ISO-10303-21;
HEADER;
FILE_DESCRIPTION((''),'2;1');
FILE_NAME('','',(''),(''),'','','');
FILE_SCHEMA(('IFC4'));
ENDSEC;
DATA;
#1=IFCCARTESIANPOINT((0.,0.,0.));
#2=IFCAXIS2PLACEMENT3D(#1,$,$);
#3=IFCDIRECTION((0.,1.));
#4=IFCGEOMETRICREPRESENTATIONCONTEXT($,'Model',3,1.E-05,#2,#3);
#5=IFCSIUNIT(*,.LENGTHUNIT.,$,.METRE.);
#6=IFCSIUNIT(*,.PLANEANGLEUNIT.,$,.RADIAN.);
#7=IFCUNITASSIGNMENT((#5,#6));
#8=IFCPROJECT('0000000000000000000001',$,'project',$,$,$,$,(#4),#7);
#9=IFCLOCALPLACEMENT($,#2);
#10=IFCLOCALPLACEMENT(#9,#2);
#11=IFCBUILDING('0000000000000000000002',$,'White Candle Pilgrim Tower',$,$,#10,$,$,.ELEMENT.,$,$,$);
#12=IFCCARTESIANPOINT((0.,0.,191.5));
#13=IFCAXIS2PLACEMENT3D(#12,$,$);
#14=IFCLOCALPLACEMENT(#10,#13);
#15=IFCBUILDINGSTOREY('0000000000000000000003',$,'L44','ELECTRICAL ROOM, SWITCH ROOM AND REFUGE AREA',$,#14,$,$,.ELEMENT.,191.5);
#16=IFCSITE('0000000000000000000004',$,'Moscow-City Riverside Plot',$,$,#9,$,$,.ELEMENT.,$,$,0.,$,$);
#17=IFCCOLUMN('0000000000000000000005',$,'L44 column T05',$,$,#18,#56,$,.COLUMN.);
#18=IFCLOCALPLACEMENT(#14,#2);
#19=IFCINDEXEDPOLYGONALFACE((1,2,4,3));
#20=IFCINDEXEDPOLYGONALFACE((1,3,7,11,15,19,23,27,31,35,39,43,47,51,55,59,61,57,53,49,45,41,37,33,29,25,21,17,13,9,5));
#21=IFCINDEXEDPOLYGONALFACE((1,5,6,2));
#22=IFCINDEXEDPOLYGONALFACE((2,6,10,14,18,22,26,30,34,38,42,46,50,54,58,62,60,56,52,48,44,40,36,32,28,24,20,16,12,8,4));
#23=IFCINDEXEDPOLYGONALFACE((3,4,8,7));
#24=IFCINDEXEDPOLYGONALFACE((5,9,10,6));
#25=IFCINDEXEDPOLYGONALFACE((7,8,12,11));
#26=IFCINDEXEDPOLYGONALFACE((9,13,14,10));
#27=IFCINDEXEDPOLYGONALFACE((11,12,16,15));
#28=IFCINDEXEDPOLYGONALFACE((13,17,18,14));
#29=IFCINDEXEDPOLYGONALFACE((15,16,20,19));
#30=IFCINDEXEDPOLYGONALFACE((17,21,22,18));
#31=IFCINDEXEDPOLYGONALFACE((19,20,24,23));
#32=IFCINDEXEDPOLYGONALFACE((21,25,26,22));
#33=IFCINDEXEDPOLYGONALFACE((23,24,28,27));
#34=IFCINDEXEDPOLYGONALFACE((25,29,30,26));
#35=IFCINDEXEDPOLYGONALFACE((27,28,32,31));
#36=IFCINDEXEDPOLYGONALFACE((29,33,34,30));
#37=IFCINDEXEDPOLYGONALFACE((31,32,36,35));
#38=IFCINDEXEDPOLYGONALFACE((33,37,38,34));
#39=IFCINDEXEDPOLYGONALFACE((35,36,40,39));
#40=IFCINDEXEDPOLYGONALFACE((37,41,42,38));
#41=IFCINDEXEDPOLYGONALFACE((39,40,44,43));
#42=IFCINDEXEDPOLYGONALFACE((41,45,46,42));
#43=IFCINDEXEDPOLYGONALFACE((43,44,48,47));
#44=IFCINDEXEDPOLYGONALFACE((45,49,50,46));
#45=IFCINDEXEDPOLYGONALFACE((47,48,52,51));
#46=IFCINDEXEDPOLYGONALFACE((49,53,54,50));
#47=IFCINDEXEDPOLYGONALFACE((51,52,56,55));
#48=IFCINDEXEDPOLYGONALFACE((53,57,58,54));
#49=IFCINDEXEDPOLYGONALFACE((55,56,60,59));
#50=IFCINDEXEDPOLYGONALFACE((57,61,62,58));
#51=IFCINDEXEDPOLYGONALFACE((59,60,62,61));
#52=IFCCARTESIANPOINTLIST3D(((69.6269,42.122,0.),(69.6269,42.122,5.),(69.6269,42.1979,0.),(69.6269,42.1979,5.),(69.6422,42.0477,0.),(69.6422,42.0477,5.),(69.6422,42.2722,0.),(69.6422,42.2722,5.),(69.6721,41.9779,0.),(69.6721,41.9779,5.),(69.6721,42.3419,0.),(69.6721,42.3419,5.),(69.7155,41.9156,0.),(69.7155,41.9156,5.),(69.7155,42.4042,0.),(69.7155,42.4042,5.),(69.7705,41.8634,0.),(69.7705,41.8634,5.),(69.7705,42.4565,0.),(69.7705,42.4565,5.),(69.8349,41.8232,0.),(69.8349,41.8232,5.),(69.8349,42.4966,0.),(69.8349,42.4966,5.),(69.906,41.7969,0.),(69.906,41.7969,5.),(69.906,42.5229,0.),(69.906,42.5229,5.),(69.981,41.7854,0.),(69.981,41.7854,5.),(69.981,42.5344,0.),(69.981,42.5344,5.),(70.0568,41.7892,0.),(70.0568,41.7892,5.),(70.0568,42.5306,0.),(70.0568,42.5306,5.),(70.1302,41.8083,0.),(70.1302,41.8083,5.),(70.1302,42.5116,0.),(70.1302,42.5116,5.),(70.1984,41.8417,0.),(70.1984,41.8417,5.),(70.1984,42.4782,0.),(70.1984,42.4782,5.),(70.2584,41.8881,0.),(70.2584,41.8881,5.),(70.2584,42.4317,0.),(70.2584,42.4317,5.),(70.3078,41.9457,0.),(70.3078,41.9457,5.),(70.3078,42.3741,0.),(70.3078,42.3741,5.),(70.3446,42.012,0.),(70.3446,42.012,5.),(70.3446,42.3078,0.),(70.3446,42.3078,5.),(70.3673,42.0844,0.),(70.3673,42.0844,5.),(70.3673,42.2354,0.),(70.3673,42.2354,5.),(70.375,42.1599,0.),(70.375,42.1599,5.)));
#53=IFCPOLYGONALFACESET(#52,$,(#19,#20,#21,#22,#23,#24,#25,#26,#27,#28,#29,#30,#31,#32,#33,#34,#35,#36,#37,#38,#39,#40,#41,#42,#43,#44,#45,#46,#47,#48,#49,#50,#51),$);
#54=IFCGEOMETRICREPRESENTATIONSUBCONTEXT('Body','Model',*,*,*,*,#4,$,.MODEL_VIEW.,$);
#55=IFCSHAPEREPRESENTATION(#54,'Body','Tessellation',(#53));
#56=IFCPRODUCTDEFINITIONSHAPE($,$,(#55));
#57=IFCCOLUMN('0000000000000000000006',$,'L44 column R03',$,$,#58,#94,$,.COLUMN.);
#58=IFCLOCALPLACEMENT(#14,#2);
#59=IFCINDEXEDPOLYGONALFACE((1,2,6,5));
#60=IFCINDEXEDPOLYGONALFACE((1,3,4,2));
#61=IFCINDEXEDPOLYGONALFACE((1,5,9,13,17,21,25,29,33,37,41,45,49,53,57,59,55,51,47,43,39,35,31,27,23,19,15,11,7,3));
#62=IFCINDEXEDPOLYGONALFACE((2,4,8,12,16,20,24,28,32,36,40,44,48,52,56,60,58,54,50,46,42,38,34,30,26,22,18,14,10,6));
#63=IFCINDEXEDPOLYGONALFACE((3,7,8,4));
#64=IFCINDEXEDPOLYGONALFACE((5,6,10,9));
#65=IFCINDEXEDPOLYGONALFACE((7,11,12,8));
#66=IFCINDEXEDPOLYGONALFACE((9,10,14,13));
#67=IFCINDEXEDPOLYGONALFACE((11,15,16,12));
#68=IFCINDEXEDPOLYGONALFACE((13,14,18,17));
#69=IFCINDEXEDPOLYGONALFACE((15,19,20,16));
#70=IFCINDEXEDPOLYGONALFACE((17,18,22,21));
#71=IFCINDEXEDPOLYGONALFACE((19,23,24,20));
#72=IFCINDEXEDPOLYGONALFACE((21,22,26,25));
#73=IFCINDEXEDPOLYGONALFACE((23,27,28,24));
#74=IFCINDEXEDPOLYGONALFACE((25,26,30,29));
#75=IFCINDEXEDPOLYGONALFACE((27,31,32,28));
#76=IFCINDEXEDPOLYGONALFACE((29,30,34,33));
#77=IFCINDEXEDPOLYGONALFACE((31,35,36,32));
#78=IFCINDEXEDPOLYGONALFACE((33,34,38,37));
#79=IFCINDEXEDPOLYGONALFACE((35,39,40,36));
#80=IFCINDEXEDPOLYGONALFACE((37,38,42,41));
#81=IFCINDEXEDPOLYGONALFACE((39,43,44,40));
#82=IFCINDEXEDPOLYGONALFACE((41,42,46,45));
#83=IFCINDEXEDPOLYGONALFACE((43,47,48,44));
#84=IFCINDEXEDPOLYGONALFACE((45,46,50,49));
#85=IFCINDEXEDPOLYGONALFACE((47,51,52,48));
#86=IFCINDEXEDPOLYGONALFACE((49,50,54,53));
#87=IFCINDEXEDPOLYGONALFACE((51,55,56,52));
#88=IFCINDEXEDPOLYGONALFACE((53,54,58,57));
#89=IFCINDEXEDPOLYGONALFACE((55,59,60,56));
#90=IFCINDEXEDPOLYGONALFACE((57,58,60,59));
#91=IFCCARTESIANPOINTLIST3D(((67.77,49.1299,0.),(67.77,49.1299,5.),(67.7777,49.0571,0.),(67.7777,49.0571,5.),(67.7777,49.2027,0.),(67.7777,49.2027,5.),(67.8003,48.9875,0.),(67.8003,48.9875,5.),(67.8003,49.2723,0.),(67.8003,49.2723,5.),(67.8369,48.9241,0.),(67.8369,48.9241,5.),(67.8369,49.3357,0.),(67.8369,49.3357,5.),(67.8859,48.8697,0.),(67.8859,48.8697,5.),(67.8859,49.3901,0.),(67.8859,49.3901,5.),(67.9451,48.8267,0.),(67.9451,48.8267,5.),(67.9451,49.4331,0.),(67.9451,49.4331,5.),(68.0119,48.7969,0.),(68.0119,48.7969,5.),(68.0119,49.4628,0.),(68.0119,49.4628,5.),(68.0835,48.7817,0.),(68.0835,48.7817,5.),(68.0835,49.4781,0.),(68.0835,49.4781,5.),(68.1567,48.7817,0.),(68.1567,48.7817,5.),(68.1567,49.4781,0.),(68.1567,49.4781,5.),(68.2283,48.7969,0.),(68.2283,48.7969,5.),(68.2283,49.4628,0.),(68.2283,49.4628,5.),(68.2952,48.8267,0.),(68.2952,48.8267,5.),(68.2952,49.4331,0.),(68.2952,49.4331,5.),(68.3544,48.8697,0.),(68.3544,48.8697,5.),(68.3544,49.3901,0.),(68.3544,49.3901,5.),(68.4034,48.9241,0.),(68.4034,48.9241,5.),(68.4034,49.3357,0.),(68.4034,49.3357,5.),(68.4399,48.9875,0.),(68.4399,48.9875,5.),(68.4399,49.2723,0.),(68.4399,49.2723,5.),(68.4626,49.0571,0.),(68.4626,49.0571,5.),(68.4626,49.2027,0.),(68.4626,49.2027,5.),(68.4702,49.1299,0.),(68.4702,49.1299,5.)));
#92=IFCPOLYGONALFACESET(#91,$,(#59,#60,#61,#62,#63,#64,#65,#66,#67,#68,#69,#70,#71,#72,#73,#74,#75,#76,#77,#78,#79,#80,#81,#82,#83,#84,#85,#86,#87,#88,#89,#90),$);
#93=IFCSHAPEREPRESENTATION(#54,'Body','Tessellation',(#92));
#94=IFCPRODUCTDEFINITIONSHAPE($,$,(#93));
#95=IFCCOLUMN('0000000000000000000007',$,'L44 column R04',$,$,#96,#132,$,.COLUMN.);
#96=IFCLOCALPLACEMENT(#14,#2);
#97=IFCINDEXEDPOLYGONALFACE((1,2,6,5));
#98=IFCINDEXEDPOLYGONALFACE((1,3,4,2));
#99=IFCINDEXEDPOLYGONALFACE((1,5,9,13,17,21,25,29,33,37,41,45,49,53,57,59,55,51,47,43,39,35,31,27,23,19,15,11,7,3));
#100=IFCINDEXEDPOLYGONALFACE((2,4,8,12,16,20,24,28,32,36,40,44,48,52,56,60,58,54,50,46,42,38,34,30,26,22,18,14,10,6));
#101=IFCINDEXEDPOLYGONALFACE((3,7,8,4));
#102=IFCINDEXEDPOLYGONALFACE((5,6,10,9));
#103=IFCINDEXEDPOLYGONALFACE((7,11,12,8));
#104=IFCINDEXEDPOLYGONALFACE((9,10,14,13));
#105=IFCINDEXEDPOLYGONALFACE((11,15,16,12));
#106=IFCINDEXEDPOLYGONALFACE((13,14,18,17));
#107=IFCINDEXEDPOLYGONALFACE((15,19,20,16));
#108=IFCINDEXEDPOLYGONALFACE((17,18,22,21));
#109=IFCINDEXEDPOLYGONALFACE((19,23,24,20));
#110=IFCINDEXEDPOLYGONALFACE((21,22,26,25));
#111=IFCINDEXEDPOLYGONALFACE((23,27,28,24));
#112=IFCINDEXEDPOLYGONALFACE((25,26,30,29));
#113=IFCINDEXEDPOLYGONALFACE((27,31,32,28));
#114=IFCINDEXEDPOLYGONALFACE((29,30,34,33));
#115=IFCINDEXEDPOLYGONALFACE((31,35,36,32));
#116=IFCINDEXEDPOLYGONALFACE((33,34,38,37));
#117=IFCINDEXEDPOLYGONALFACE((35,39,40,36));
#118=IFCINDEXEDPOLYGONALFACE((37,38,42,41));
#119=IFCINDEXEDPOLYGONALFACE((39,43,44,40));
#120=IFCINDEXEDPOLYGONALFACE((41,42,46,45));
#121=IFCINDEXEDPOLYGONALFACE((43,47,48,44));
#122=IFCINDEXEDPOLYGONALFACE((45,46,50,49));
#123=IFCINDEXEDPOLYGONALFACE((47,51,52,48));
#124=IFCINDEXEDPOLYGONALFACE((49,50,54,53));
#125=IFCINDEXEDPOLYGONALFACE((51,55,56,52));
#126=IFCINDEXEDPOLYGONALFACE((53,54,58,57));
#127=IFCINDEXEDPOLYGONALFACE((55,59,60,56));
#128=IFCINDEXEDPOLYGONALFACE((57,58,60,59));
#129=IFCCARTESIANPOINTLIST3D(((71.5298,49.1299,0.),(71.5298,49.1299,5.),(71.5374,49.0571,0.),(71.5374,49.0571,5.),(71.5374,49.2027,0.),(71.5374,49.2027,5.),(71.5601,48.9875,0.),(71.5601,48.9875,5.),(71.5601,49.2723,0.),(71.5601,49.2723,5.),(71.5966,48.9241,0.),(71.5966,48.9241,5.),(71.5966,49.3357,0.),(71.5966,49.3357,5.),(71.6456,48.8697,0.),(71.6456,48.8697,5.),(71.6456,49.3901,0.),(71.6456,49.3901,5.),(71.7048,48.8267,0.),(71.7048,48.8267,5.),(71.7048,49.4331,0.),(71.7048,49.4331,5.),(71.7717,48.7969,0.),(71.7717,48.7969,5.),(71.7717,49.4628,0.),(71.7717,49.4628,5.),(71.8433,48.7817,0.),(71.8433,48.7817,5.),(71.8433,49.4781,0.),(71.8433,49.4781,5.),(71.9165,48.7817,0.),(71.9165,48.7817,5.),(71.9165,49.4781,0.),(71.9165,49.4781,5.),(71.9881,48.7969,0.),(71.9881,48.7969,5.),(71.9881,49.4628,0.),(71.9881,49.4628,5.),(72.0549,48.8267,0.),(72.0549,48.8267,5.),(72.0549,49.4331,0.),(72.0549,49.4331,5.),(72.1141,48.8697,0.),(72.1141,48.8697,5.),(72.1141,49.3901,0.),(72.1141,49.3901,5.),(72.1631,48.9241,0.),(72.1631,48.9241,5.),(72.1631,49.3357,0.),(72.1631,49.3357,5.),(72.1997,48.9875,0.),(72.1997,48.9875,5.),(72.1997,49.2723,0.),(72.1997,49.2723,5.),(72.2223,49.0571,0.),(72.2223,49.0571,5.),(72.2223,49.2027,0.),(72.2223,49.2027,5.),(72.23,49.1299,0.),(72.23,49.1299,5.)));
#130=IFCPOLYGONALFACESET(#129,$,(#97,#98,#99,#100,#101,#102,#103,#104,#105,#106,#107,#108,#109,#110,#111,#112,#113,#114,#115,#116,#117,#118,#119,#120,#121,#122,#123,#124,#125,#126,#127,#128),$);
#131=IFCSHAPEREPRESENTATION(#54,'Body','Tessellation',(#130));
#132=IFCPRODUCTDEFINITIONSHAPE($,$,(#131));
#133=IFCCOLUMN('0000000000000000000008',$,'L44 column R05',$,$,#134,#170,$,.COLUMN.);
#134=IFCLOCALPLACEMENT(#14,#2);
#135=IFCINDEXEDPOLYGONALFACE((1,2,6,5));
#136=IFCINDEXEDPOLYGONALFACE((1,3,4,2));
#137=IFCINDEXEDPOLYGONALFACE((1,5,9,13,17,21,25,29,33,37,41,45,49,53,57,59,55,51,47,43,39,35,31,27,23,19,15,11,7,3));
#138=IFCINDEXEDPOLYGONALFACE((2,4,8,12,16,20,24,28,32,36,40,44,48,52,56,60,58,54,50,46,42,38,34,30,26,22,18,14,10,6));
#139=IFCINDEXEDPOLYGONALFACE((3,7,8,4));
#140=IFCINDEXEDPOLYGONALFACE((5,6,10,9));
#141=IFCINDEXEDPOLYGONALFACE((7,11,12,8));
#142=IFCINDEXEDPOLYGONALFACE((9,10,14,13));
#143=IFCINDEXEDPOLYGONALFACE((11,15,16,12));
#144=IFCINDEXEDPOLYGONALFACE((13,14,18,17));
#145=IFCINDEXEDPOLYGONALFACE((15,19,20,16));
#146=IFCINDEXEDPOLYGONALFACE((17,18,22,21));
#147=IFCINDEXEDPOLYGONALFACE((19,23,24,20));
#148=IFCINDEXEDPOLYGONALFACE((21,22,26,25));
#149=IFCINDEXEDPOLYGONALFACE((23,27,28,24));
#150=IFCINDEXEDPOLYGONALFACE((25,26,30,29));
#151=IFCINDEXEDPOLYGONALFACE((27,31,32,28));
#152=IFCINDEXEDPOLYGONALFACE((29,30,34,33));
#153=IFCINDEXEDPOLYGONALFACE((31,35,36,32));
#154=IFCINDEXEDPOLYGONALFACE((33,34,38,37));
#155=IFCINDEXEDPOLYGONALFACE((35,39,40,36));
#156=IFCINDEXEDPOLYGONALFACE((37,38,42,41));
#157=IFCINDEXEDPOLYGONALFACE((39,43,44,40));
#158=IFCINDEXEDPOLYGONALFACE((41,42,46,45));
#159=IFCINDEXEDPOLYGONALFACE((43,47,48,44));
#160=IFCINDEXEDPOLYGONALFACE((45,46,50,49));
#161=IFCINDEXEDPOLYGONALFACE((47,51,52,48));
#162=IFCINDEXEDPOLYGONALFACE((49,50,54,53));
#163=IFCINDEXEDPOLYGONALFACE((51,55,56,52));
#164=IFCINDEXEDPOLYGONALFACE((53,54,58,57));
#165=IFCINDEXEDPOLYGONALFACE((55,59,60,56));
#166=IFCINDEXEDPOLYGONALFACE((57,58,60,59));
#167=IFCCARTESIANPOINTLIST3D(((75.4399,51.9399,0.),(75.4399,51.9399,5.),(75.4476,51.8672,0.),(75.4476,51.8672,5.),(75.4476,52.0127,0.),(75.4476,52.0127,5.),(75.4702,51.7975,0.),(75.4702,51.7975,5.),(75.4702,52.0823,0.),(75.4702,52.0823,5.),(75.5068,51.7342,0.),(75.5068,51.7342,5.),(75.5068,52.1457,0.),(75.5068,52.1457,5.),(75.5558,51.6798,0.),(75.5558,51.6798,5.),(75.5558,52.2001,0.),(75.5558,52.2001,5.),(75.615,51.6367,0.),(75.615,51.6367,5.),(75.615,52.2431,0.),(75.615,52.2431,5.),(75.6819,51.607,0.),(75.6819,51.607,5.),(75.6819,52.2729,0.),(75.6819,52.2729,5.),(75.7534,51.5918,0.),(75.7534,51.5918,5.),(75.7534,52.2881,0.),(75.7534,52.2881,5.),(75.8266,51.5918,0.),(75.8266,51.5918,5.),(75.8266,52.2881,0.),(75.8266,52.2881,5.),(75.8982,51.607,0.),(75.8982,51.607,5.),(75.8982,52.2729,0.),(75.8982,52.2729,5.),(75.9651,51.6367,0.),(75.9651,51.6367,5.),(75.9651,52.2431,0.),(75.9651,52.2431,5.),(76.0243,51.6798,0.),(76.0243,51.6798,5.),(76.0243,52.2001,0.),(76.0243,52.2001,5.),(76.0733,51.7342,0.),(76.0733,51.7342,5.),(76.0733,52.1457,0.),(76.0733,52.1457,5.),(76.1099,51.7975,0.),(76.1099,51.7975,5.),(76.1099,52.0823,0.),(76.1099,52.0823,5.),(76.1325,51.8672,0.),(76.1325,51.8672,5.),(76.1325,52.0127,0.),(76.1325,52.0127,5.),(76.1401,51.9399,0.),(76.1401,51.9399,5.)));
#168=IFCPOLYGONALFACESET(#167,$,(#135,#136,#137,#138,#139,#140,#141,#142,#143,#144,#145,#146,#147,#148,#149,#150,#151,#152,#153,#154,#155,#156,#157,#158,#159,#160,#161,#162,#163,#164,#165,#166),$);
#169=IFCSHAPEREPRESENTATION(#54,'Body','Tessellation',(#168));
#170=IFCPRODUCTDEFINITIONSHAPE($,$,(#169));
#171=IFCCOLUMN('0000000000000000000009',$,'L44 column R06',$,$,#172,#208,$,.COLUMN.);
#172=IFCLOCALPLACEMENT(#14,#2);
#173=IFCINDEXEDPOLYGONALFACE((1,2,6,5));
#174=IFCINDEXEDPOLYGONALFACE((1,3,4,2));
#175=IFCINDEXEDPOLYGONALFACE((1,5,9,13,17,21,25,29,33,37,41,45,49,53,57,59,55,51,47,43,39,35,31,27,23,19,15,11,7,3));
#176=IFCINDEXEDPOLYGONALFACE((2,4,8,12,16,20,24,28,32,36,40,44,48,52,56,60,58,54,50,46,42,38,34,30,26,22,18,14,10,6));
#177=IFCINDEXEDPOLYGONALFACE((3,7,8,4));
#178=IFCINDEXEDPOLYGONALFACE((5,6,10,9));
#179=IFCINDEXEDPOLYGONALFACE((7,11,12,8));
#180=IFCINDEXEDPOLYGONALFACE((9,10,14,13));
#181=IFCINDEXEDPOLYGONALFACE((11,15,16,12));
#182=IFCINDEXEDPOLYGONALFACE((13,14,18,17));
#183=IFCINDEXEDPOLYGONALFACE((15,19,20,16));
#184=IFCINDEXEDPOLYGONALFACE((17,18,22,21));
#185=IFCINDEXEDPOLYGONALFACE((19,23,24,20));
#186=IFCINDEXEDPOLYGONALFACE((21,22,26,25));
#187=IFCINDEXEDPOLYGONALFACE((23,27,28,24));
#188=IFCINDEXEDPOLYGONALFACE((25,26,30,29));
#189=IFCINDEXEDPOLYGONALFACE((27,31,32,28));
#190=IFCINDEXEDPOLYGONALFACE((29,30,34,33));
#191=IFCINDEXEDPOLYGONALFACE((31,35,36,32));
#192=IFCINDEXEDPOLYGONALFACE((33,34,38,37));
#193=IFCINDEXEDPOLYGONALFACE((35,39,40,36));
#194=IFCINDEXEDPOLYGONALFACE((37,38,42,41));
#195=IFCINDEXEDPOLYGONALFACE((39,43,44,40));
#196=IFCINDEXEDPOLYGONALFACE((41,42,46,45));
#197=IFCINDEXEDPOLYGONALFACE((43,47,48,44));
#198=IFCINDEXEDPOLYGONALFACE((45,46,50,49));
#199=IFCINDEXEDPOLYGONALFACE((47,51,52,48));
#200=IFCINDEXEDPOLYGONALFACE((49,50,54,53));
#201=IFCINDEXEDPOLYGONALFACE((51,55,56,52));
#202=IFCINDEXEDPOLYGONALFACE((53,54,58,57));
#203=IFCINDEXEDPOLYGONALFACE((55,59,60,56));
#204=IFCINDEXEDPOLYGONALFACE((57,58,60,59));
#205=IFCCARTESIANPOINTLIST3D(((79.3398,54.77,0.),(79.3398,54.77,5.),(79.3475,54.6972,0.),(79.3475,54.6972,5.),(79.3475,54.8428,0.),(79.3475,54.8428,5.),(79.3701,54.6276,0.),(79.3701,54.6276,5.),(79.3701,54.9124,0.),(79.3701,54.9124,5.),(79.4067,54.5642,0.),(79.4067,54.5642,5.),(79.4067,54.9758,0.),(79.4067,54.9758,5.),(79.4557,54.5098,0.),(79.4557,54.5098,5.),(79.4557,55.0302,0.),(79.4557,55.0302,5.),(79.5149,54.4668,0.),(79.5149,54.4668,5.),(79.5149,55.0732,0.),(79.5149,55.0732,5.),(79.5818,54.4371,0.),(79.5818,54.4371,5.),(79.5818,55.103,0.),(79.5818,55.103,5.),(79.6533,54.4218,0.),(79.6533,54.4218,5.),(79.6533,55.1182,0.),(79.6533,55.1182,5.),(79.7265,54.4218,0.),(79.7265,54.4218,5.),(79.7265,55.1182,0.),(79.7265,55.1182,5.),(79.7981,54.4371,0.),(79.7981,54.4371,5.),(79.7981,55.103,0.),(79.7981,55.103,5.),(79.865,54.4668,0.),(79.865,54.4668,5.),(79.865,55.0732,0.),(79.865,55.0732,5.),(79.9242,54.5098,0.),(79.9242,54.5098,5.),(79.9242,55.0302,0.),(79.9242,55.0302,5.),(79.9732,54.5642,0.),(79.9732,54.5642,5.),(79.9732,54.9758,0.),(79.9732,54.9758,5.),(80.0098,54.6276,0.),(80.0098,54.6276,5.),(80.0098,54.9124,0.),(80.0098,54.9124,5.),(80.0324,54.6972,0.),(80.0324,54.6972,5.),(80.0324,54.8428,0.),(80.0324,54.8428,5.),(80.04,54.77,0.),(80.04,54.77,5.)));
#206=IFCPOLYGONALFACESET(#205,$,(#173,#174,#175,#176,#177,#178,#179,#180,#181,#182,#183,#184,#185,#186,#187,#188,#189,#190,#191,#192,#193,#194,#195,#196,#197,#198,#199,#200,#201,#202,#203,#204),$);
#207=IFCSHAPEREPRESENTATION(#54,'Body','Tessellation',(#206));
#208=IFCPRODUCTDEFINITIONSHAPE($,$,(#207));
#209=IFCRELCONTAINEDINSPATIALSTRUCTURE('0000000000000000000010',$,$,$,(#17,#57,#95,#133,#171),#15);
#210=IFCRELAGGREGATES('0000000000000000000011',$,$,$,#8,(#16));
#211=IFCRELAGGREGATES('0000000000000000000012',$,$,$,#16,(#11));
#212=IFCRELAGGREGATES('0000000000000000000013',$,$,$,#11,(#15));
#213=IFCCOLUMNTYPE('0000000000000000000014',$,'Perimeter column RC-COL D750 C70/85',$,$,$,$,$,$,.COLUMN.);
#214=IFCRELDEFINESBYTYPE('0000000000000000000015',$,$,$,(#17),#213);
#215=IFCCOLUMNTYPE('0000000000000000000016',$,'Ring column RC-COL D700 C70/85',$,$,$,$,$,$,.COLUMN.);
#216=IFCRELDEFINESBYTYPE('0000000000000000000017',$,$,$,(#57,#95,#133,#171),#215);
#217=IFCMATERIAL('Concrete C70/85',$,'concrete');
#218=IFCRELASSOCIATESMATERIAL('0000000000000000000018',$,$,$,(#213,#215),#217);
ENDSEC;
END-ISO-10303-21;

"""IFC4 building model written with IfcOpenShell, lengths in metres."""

from ifc_helpers import new_model, si_unit, direction, frame, origin, origin_2d, place, context, subcontext, project, spatial, circle, extrude, material, material_profile, profile_set, type_object, element, save


model = new_model("IFC4")

# Units and contexts
model_context = context("Model", 3, precision=1e-05, world=origin(), true_north=direction((0.0, 1.0)))
body_context = subcontext(model_context, "Body", "Model", "MODEL_VIEW")
ifc_project = project(units=[si_unit("LENGTHUNIT", "METRE"), si_unit("PLANEANGLEUNIT", "RADIAN")], contexts=[model_context])

# Site, building, storey
site_placement = place(None, origin())
site = spatial("IfcSite", under=ifc_project, at=site_placement, Name="Moscow-City Riverside Plot", CompositionType="ELEMENT", RefElevation=0.0)
building_placement = place(site_placement, origin())
building = spatial("IfcBuilding", under=site, at=building_placement, Name="White Candle Pilgrim Tower", CompositionType="ELEMENT")
storey_placement = place(building_placement, frame((0.0, 0.0, 191.5)))
storey = spatial("IfcBuildingStorey", under=building, at=storey_placement, Name="L44", Description="ELECTRICAL ROOM, SWITCH ROOM AND REFUGE AREA", CompositionType="ELEMENT", Elevation=191.5)

# Columns
ifc_material_1 = material(Name="Concrete C70/85", Category="concrete")
ifc_material_profile_1 = material_profile(ifc_material_1, circle(Radius=0.375, at=origin_2d()), Name="RC-COL D750")
ifc_profile_set_1 = profile_set([ifc_material_profile_1], Name="Concrete C70/85")
column_type_1 = type_object("IfcColumnType", Name="Perimeter column RC-COL D750 C70/85", PredefinedType="COLUMN", material=ifc_profile_set_1)
column_placement = place(storey_placement, frame((70.0, 42.1599, 0.0), z_axis=(0.0, 0.0, 1.0), x_axis=(1.0, 0.0, 0.0)))
element("IfcColumn", 1, at=column_placement, inside=storey, type_object=column_type_1, Name="L44 column T05", PredefinedType="COLUMN", context=body_context, shape_type="SweptSolid", body=[
    extrude(circle(Radius=0.375, at=origin_2d()), origin(), (0.0, 0.0, 1.0), 5.0),
])
ifc_material_profile_2 = material_profile(ifc_material_1, circle(Radius=0.3501, at=origin_2d()), Name="RC-COL D700")
ifc_profile_set_2 = profile_set([ifc_material_profile_2], Name="Concrete C70/85")
column_type_2 = type_object("IfcColumnType", Name="Ring column RC-COL D700 C70/85", PredefinedType="COLUMN", material=ifc_profile_set_2)
for number, where, z_axis, x_axis, name in (
    (2, (68.1201, 49.1299, 0.0), (0.0, 0.0, 1.0), (1.0, 0.0, 0.0), "L44 column R03"),
    (3, (71.8799, 49.1299, 0.0), (0.0, 0.0, 1.0), (1.0, 0.0, 0.0), "L44 column R04"),
    (4, (75.79, 51.9399, 0.0), (0.0, 0.0, 1.0), (1.0, 0.0, 0.0), "L44 column R05"),
    (5, (79.6899, 54.77, 0.0), (0.0, 0.0, 1.0), (1.0, 0.0, 0.0), "L44 column R06"),
):
    element("IfcColumn", number, at=place(storey_placement, frame(where, z_axis=z_axis, x_axis=x_axis)), inside=storey, type_object=column_type_2, Name=name, PredefinedType="COLUMN", context=body_context, shape_type="SweptSolid", body=[
        extrude(circle(Radius=0.3501, at=origin_2d()), origin(), (0.0, 0.0, 1.0), 5.0),
    ])

save(model, "model.ifc")
